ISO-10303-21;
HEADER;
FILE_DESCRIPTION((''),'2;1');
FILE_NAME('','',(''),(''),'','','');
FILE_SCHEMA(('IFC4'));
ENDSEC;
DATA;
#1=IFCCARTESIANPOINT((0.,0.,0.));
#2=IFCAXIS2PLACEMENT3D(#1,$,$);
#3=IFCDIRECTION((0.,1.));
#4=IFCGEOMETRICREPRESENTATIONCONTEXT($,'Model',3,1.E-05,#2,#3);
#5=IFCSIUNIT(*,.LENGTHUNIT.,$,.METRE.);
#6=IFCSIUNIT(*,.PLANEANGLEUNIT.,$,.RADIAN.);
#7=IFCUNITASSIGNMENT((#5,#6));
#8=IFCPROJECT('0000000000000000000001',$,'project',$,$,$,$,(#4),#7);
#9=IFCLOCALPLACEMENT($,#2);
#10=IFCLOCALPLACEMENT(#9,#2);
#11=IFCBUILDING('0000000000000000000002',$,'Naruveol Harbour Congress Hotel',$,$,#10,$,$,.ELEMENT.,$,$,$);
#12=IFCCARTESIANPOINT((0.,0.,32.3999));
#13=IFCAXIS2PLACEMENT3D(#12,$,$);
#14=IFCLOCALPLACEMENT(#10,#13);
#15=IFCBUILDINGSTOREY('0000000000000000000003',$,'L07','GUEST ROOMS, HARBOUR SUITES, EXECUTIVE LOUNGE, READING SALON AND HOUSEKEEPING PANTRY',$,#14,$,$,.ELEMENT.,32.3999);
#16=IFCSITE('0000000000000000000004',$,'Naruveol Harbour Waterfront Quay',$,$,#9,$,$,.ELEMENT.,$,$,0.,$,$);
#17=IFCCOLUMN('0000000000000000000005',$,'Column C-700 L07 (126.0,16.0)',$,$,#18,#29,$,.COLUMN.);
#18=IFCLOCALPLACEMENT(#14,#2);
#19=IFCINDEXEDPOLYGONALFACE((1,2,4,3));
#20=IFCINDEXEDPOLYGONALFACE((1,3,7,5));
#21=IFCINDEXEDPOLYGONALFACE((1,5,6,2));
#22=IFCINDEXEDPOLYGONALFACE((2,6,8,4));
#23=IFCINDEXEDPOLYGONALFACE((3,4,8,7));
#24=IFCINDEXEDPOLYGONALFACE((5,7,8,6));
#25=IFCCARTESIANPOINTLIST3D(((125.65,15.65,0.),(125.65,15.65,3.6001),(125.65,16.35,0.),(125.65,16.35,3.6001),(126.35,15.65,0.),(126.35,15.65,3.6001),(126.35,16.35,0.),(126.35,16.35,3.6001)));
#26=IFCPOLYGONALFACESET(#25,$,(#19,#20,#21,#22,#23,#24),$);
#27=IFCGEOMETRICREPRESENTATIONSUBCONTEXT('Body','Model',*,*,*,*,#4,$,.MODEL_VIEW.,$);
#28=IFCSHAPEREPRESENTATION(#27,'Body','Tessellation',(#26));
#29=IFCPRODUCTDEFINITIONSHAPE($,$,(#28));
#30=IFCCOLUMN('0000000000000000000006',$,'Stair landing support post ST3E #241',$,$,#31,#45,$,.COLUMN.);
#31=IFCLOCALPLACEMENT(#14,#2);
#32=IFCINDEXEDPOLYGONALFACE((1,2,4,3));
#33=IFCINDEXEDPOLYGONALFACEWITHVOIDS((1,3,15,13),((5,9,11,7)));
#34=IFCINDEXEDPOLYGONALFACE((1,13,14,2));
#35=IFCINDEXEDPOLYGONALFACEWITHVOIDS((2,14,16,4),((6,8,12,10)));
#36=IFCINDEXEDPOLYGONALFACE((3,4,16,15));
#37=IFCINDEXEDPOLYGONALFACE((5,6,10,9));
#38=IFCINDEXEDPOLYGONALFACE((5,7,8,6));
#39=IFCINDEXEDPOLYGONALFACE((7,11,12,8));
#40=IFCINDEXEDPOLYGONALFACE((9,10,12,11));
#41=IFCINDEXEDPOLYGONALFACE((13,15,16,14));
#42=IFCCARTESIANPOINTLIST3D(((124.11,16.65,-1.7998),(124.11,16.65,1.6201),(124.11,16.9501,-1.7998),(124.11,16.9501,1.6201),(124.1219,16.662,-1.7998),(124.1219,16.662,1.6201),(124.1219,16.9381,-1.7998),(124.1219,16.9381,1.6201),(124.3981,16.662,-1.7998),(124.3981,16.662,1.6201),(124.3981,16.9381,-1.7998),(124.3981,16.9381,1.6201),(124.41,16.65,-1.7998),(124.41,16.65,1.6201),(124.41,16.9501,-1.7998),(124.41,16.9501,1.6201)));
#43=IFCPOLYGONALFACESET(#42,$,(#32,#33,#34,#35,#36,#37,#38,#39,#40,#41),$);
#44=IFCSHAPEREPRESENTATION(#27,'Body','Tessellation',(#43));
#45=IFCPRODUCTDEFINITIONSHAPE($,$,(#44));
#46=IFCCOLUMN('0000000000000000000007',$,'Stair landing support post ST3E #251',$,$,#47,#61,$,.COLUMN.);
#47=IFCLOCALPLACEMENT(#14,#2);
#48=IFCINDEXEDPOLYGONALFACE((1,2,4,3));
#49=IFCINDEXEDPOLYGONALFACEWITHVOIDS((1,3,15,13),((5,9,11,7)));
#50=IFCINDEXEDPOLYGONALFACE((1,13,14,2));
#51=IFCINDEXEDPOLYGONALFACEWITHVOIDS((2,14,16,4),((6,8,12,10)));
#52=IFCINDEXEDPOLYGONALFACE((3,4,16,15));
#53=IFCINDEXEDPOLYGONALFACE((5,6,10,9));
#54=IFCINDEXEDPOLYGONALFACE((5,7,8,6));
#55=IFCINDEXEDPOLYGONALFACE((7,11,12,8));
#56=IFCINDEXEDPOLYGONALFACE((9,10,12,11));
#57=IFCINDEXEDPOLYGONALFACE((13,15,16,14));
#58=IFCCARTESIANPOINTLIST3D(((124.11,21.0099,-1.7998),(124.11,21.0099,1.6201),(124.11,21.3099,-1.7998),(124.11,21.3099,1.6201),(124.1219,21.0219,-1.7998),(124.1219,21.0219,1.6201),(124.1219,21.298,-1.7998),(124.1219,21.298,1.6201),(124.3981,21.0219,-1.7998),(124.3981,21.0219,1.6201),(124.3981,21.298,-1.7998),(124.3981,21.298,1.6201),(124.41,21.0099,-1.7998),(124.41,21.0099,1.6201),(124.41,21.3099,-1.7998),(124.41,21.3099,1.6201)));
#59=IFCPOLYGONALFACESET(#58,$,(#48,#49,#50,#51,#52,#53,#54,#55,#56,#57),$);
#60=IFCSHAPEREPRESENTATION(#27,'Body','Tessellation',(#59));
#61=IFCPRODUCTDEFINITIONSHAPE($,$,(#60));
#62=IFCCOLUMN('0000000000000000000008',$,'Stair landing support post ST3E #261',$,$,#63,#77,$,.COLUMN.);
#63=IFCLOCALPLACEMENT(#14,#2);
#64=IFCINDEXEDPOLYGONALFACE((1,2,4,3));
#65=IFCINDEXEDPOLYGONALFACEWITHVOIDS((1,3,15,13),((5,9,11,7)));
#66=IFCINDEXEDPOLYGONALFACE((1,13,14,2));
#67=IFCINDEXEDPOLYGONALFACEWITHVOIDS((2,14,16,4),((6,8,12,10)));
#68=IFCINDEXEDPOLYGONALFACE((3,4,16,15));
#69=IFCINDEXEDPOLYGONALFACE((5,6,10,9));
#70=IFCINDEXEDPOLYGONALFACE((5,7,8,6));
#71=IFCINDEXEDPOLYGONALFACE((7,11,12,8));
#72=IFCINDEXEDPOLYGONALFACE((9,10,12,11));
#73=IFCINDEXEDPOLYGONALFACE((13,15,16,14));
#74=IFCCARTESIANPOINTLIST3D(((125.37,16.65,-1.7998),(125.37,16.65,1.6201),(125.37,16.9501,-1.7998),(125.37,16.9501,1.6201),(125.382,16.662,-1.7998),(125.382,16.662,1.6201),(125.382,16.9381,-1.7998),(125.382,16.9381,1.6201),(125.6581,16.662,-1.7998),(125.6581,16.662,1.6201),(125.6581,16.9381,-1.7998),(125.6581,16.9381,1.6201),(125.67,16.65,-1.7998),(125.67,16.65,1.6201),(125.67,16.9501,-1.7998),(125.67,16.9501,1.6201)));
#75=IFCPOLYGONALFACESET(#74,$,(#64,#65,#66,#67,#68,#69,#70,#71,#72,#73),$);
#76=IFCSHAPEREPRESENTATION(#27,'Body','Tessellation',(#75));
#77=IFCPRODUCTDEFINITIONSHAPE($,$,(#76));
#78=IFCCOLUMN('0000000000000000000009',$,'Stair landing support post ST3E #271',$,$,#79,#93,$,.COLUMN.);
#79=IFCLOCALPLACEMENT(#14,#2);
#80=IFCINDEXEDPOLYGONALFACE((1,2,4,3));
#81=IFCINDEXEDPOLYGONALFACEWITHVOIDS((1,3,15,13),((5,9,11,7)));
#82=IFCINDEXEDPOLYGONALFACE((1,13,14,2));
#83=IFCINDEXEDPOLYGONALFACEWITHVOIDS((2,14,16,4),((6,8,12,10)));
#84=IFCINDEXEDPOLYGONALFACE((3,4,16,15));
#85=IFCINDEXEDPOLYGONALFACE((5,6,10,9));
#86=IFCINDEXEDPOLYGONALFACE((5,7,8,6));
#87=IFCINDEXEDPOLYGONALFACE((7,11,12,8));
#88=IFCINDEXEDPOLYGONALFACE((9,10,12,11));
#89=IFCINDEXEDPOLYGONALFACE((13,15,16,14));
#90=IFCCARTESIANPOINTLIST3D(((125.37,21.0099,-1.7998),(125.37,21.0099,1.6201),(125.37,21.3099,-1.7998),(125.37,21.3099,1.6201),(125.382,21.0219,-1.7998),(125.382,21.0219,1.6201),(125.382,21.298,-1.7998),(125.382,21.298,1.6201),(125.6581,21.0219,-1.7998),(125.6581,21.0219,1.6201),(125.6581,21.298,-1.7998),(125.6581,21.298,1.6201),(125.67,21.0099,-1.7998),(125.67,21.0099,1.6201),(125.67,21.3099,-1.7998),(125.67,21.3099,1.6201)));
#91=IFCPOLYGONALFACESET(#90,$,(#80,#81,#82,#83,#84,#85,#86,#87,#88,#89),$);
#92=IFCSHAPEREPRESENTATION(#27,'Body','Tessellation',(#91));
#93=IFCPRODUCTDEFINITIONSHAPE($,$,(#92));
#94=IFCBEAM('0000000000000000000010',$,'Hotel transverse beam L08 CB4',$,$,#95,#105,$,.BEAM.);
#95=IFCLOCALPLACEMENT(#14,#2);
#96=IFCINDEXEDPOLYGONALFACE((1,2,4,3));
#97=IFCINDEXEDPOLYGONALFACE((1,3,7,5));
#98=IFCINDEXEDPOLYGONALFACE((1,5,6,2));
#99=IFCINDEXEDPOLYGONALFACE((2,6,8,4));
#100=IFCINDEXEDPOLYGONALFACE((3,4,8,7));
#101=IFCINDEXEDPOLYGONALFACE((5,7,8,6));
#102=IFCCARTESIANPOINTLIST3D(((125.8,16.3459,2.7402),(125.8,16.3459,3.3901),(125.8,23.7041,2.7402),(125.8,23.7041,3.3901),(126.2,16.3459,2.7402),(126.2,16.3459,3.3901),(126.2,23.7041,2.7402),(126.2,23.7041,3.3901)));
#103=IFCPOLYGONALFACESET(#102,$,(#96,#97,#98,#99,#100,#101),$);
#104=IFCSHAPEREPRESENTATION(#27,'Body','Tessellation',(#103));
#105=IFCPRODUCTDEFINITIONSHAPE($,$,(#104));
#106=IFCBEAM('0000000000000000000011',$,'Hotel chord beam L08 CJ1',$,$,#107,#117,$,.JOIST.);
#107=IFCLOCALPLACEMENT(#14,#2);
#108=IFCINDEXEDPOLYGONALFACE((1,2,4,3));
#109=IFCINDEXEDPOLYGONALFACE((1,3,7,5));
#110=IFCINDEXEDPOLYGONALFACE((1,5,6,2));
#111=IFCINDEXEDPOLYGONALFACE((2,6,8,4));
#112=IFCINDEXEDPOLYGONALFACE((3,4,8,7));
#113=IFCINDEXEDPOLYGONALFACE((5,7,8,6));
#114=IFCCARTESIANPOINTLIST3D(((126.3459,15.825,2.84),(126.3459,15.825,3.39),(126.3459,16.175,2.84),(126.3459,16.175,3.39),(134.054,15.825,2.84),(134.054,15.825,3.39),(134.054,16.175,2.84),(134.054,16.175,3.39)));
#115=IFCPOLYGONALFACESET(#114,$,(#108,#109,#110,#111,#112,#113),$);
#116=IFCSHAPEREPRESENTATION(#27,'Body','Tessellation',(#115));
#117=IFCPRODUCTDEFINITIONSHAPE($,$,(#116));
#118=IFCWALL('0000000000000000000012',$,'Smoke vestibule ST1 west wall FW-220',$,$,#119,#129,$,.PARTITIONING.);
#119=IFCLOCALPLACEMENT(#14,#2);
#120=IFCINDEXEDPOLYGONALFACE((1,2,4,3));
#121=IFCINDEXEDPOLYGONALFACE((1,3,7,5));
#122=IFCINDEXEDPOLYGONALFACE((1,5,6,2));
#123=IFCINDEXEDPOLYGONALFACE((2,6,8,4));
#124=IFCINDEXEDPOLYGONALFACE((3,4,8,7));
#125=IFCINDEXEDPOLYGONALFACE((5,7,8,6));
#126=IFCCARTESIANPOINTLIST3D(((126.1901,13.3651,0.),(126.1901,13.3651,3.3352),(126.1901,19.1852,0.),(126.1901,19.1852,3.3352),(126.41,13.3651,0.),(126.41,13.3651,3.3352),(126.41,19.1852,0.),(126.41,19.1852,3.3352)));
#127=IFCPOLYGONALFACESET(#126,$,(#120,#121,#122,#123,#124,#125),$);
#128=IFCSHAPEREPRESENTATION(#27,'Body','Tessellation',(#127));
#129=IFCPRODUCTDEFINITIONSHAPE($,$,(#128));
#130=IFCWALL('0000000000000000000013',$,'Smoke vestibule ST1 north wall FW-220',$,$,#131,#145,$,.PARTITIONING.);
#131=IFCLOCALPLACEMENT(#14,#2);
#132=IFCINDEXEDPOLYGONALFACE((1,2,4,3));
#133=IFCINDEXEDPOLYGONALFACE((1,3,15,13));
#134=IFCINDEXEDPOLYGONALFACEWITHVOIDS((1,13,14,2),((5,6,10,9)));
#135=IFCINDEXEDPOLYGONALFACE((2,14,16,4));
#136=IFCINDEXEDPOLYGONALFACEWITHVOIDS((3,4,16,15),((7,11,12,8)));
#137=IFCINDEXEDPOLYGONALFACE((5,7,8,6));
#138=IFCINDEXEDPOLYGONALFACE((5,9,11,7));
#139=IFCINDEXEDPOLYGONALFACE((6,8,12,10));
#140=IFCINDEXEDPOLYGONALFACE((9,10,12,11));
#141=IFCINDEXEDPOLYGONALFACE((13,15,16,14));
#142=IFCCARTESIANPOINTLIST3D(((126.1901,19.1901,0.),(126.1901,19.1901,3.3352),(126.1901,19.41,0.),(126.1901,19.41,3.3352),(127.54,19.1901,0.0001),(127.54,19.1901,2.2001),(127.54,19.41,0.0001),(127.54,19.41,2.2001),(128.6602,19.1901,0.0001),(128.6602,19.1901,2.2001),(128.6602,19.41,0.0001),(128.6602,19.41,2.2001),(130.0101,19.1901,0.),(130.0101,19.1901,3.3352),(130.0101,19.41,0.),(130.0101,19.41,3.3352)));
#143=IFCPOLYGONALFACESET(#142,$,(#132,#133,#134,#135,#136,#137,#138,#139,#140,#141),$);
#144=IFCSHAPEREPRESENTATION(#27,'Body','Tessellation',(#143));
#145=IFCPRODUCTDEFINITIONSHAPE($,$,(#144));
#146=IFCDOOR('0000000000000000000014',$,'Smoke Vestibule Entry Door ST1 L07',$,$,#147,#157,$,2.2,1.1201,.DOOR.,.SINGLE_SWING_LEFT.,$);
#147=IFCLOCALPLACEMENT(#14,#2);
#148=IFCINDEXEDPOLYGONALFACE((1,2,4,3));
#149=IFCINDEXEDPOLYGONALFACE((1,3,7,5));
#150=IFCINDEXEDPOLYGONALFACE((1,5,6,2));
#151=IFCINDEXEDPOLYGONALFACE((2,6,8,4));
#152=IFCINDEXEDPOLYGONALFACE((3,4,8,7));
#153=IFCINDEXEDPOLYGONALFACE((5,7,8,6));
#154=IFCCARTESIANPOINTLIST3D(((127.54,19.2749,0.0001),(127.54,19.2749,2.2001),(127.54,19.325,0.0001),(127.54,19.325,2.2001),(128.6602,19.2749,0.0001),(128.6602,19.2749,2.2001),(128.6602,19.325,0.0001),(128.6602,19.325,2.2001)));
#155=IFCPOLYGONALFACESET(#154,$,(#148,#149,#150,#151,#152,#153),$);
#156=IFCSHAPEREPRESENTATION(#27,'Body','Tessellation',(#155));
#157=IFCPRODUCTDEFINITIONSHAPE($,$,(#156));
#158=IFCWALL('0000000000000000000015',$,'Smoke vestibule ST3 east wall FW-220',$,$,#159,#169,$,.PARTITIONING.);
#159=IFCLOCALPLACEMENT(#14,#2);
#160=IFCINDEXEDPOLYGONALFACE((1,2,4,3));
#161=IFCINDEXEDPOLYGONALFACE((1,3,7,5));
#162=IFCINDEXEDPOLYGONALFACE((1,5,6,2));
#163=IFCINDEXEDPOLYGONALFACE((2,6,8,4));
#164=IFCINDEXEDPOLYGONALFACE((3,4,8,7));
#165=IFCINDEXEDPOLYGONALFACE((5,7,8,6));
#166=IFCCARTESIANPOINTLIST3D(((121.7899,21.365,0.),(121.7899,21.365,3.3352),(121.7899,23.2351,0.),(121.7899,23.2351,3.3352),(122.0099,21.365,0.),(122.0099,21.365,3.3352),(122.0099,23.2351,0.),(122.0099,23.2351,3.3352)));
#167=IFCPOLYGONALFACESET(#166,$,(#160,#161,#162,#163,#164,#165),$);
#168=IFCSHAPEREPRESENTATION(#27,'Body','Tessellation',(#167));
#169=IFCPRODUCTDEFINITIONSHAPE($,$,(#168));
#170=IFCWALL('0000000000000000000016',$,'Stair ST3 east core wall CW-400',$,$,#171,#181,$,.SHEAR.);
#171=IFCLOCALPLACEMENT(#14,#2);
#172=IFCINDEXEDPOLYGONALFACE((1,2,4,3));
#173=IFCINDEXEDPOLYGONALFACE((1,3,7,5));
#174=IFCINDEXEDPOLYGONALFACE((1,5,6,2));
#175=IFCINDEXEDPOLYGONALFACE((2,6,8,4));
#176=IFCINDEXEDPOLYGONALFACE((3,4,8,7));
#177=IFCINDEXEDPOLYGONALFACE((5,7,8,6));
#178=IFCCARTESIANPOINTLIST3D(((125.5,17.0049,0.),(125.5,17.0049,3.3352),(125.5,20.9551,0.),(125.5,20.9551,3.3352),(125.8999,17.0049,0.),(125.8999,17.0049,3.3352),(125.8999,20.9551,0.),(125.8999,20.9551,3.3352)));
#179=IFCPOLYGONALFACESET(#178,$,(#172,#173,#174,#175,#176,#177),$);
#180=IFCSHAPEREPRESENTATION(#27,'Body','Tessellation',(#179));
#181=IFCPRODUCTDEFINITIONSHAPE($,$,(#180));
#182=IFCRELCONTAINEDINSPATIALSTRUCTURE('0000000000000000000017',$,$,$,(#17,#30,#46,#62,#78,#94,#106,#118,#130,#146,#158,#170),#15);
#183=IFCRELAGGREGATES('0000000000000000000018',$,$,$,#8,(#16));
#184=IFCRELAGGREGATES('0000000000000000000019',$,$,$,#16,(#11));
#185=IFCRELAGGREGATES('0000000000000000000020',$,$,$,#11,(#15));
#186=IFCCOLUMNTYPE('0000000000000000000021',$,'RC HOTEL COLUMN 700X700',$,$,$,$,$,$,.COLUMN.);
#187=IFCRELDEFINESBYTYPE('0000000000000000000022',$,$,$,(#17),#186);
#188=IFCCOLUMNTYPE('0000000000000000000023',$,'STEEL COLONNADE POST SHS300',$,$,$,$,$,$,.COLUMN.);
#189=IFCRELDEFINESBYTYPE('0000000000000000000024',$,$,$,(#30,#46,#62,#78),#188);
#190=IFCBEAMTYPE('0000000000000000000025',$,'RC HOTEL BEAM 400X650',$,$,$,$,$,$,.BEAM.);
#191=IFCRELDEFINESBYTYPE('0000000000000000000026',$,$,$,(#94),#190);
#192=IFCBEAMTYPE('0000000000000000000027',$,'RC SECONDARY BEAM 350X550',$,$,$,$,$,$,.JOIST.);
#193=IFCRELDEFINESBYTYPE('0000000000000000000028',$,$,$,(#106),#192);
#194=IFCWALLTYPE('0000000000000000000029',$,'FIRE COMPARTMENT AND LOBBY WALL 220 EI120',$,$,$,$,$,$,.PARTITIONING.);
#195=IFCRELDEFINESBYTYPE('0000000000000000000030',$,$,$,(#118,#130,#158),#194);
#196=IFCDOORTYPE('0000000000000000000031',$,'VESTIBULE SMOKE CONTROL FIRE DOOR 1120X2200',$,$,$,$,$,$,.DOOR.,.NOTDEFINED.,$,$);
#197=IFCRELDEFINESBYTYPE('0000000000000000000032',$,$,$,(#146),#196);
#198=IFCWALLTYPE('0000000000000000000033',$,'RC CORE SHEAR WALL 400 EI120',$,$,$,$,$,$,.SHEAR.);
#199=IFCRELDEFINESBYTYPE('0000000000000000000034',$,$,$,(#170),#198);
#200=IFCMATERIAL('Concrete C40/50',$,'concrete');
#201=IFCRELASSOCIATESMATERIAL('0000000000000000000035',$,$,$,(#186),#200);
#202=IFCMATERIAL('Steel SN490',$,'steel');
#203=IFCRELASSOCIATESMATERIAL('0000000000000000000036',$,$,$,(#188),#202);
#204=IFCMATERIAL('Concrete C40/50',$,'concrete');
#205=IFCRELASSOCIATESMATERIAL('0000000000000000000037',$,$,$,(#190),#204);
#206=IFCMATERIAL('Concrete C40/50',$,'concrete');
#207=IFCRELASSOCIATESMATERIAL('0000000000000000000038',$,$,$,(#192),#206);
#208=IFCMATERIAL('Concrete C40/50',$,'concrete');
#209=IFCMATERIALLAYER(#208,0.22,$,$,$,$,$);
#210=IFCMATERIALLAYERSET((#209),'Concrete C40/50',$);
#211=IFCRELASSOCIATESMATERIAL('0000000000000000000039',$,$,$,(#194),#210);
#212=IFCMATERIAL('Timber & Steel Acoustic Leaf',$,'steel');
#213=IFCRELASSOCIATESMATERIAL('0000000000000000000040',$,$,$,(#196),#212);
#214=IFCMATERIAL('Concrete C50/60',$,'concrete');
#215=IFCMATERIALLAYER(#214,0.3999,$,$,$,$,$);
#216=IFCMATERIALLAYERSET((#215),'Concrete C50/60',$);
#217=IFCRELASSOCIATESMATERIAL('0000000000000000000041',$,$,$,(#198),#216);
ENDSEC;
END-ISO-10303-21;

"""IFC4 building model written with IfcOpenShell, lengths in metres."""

from ifc_helpers import new_model, si_unit, direction, frame, frame_2d, origin, origin_2d, place, context, subcontext, project, spatial, rectangle, hollow_rectangle, extrude, material, layer, layer_set, material_profile, profile_set, type_object, element, fill, save


model = new_model("IFC4")

# Units and contexts
model_context = context("Model", 3, precision=1e-05, world=origin(), true_north=direction((0.0, 1.0)))
body_context = subcontext(model_context, "Body", "Model", "MODEL_VIEW")
ifc_project = project(units=[si_unit("LENGTHUNIT", "METRE"), si_unit("PLANEANGLEUNIT", "RADIAN")], contexts=[model_context])

# Site, building, storey
site_placement = place(None, origin())
site = spatial("IfcSite", under=ifc_project, at=site_placement, Name="Naruveol Harbour Waterfront Quay", CompositionType="ELEMENT", RefElevation=0.0)
building_placement = place(site_placement, origin())
building = spatial("IfcBuilding", under=site, at=building_placement, Name="Naruveol Harbour Congress Hotel", CompositionType="ELEMENT")
storey_placement = place(building_placement, frame((0.0, 0.0, 32.3999)))
storey = spatial("IfcBuildingStorey", under=building, at=storey_placement, Name="L07", Description="GUEST ROOMS, HARBOUR SUITES, EXECUTIVE LOUNGE, READING SALON AND HOUSEKEEPING PANTRY", CompositionType="ELEMENT", Elevation=32.3999)

# Columns
ifc_material_1 = material(Name="Concrete C40/50", Category="concrete")
ifc_material_profile_1 = material_profile(ifc_material_1, rectangle(XDim=0.7, YDim=0.7, at=origin_2d()), Name="RC-700x700")
ifc_profile_set_1 = profile_set([ifc_material_profile_1], Name="Concrete C40/50")
column_type_1 = type_object("IfcColumnType", Name="RC HOTEL COLUMN 700X700", PredefinedType="COLUMN", material=ifc_profile_set_1)
column_placement = place(storey_placement, frame((126.0, 16.0, 0.0), z_axis=(0.0, 0.0, 1.0), x_axis=(1.0, 0.0, 0.0)))
element("IfcColumn", 1, at=column_placement, inside=storey, type_object=column_type_1, Name="Column C-700 L07 (126.0,16.0)", PredefinedType="COLUMN", context=body_context, shape_type="SweptSolid", body=[
    extrude(rectangle(XDim=0.7, YDim=0.7, at=origin_2d()), origin(), (0.0, 0.0, 1.0), 3.6001),
])
ifc_material_2 = material(Name="Steel SN490", Category="steel")
ifc_material_profile_2 = material_profile(ifc_material_2, hollow_rectangle(XDim=0.3, YDim=0.3, WallThickness=0.012, at=origin_2d()), Name="SHS-300x300x12")
ifc_profile_set_2 = profile_set([ifc_material_profile_2], Name="Steel SN490")
column_type_2 = type_object("IfcColumnType", Name="STEEL COLONNADE POST SHS300", PredefinedType="COLUMN", material=ifc_profile_set_2)
for number, where, z_axis, x_axis, name in (
    (2, (124.26, 16.8, -1.7998), (0.0, 0.0, 1.0), (1.0, 0.0, 0.0), "Stair landing support post ST3E #241"),
    (3, (124.26, 21.1599, -1.7998), (0.0, 0.0, 1.0), (1.0, 0.0, 0.0), "Stair landing support post ST3E #251"),
    (4, (125.52, 16.8, -1.7998), (0.0, 0.0, 1.0), (1.0, 0.0, 0.0), "Stair landing support post ST3E #261"),
    (5, (125.52, 21.1599, -1.7998), (0.0, 0.0, 1.0), (1.0, 0.0, 0.0), "Stair landing support post ST3E #271"),
):
    element("IfcColumn", number, at=place(storey_placement, frame(where, z_axis=z_axis, x_axis=x_axis)), inside=storey, type_object=column_type_2, Name=name, PredefinedType="COLUMN", context=body_context, shape_type="SweptSolid", body=[
        extrude(hollow_rectangle(XDim=0.3, YDim=0.3, WallThickness=0.012, at=origin_2d()), origin(), (0.0, 0.0, 1.0), 3.4199),
    ])

# Beams
ifc_material_3 = material(Name="Concrete C40/50", Category="concrete")
ifc_material_profile_3 = material_profile(ifc_material_3, rectangle(XDim=0.3999, YDim=0.6499, at=origin_2d()), Name="RCB-400x650")
ifc_profile_set_3 = profile_set([ifc_material_profile_3], Name="Concrete C40/50")
beam_type_1 = type_object("IfcBeamType", Name="RC HOTEL BEAM 400X650", PredefinedType="BEAM", material=ifc_profile_set_3)
beam_1_placement = place(storey_placement, frame((126.0, 16.3459, 3.0652), z_axis=(0.0, 1.0, 0.0), x_axis=(-1.0, 0.0, 0.0)))
element("IfcBeam", 6, at=beam_1_placement, inside=storey, type_object=beam_type_1, Name="Hotel transverse beam L08 CB4", PredefinedType="BEAM", context=body_context, shape_type="SweptSolid", body=[
    extrude(rectangle(XDim=0.3999, YDim=0.6499, at=origin_2d()), origin(), (0.0, 0.0, 1.0), 7.3582),
])
ifc_material_4 = material(Name="Concrete C40/50", Category="concrete")
ifc_material_profile_4 = material_profile(ifc_material_4, rectangle(XDim=0.3501, YDim=0.55, at=origin_2d()), Name="RCB-350x550")
ifc_profile_set_4 = profile_set([ifc_material_profile_4], Name="Concrete C40/50")
beam_type_2 = type_object("IfcBeamType", Name="RC SECONDARY BEAM 350X550", PredefinedType="JOIST", material=ifc_profile_set_4)
beam_2_placement = place(storey_placement, frame((126.3459, 16.0, 3.115), z_axis=(1.0, 0.0, 0.0), x_axis=(0.0, 1.0, 0.0)))
element("IfcBeam", 7, at=beam_2_placement, inside=storey, type_object=beam_type_2, Name="Hotel chord beam L08 CJ1", PredefinedType="JOIST", context=body_context, shape_type="SweptSolid", body=[
    extrude(rectangle(XDim=0.3501, YDim=0.55, at=origin_2d()), origin(), (0.0, 0.0, 1.0), 7.708),
])

# Wall
ifc_material_5 = material(Name="Concrete C40/50", Category="concrete")
ifc_layer_1 = layer(ifc_material_5, 0.22)
ifc_layer_set_1 = layer_set([ifc_layer_1], Name="Concrete C40/50")
wall_type_1 = type_object("IfcWallType", Name="FIRE COMPARTMENT AND LOBBY WALL 220 EI120", PredefinedType="PARTITIONING", material=ifc_layer_set_1)
wall_1_placement = place(storey_placement, frame((126.3, 13.365, 0.0), z_axis=(0.0, 0.0, 1.0), x_axis=(0.0, 1.0, 0.0)))
element("IfcWall", 8, at=wall_1_placement, inside=storey, type_object=wall_type_1, Name="Smoke vestibule ST1 west wall FW-220", PredefinedType="PARTITIONING", context=body_context, shape_type="SweptSolid", body=[
    extrude(rectangle(XDim=5.8201, YDim=0.22, at=frame_2d((2.9102, 0.0))), origin(), (0.0, 0.0, 1.0), 3.3352),
])

# Wall, opening, door
wall_2_placement = place(storey_placement, frame((126.1899, 19.3, 0.0), z_axis=(0.0, 0.0, 1.0), x_axis=(1.0, 0.0, 0.0)))
wall_2 = element("IfcWall", 9, at=wall_2_placement, inside=storey, type_object=wall_type_1, Name="Smoke vestibule ST1 north wall FW-220", PredefinedType="PARTITIONING", context=body_context, shape_type="SweptSolid", body=[
    extrude(rectangle(XDim=3.8201, YDim=0.22, at=frame_2d((1.9102, 0.0))), origin(), (0.0, 0.0, 1.0), 3.3352),
])
opening_placement = place(wall_2_placement, frame((1.3501, 0.0, 0.0)))
opening = element("IfcOpeningElement", 10, at=opening_placement, cuts=wall_2, PredefinedType="OPENING", context=body_context, shape_type="SweptSolid", body=[
    extrude(rectangle(XDim=1.1201, YDim=2.2, at=frame_2d((0.5601, 1.1001))), frame((0.0, 0.1199, 0.0), z_axis=(0.0, -1.0, 0.0), x_axis=(1.0, 0.0, 0.0)), (0.0, 0.0, 1.0), 0.24),
])
ifc_material_6 = material(Name="Timber & Steel Acoustic Leaf", Category="steel")
door_type = type_object("IfcDoorType", Name="VESTIBULE SMOKE CONTROL FIRE DOOR 1120X2200", OperationType="NOTDEFINED", PredefinedType="DOOR", material=ifc_material_6)
door_placement = place(opening_placement, origin())
door = element("IfcDoor", 11, at=door_placement, inside=storey, type_object=door_type, Name="Smoke Vestibule Entry Door ST1 L07", OperationType="SINGLE_SWING_LEFT", OverallHeight=2.2, OverallWidth=1.1201, PredefinedType="DOOR", context=body_context, shape_type="SweptSolid", body=[
    extrude(rectangle(XDim=1.1201, YDim=2.2, at=frame_2d((0.5601, 1.1001))), frame((0.0, 0.0249, 0.0), z_axis=(0.0, -1.0, 0.0), x_axis=(1.0, 0.0, 0.0)), (0.0, 0.0, 1.0), 0.05),
])
fill(opening, door)

# Walls
wall_3_placement = place(storey_placement, frame((121.8999, 21.365, 0.0), z_axis=(0.0, 0.0, 1.0), x_axis=(0.0, 1.0, 0.0)))
element("IfcWall", 12, at=wall_3_placement, inside=storey, type_object=wall_type_1, Name="Smoke vestibule ST3 east wall FW-220", PredefinedType="PARTITIONING", context=body_context, shape_type="SweptSolid", body=[
    extrude(rectangle(XDim=1.8701, YDim=0.22, at=frame_2d((0.9351, 0.0))), origin(), (0.0, 0.0, 1.0), 3.3352),
])
ifc_material_7 = material(Name="Concrete C50/60", Category="concrete")
ifc_layer_2 = layer(ifc_material_7, 0.3999)
ifc_layer_set_2 = layer_set([ifc_layer_2], Name="Concrete C50/60")
wall_type_2 = type_object("IfcWallType", Name="RC CORE SHEAR WALL 400 EI120", PredefinedType="SHEAR", material=ifc_layer_set_2)
wall_4_placement = place(storey_placement, frame((125.7, 17.0049, 0.0), z_axis=(0.0, 0.0, 1.0), x_axis=(0.0, 1.0, 0.0)))
element("IfcWall", 13, at=wall_4_placement, inside=storey, type_object=wall_type_2, Name="Stair ST3 east core wall CW-400", PredefinedType="SHEAR", context=body_context, shape_type="SweptSolid", body=[
    extrude(rectangle(XDim=3.9502, YDim=0.3999, at=frame_2d((1.9751, 0.0))), origin(), (0.0, 0.0, 1.0), 3.3352),
])

save(model, "model.ifc")
